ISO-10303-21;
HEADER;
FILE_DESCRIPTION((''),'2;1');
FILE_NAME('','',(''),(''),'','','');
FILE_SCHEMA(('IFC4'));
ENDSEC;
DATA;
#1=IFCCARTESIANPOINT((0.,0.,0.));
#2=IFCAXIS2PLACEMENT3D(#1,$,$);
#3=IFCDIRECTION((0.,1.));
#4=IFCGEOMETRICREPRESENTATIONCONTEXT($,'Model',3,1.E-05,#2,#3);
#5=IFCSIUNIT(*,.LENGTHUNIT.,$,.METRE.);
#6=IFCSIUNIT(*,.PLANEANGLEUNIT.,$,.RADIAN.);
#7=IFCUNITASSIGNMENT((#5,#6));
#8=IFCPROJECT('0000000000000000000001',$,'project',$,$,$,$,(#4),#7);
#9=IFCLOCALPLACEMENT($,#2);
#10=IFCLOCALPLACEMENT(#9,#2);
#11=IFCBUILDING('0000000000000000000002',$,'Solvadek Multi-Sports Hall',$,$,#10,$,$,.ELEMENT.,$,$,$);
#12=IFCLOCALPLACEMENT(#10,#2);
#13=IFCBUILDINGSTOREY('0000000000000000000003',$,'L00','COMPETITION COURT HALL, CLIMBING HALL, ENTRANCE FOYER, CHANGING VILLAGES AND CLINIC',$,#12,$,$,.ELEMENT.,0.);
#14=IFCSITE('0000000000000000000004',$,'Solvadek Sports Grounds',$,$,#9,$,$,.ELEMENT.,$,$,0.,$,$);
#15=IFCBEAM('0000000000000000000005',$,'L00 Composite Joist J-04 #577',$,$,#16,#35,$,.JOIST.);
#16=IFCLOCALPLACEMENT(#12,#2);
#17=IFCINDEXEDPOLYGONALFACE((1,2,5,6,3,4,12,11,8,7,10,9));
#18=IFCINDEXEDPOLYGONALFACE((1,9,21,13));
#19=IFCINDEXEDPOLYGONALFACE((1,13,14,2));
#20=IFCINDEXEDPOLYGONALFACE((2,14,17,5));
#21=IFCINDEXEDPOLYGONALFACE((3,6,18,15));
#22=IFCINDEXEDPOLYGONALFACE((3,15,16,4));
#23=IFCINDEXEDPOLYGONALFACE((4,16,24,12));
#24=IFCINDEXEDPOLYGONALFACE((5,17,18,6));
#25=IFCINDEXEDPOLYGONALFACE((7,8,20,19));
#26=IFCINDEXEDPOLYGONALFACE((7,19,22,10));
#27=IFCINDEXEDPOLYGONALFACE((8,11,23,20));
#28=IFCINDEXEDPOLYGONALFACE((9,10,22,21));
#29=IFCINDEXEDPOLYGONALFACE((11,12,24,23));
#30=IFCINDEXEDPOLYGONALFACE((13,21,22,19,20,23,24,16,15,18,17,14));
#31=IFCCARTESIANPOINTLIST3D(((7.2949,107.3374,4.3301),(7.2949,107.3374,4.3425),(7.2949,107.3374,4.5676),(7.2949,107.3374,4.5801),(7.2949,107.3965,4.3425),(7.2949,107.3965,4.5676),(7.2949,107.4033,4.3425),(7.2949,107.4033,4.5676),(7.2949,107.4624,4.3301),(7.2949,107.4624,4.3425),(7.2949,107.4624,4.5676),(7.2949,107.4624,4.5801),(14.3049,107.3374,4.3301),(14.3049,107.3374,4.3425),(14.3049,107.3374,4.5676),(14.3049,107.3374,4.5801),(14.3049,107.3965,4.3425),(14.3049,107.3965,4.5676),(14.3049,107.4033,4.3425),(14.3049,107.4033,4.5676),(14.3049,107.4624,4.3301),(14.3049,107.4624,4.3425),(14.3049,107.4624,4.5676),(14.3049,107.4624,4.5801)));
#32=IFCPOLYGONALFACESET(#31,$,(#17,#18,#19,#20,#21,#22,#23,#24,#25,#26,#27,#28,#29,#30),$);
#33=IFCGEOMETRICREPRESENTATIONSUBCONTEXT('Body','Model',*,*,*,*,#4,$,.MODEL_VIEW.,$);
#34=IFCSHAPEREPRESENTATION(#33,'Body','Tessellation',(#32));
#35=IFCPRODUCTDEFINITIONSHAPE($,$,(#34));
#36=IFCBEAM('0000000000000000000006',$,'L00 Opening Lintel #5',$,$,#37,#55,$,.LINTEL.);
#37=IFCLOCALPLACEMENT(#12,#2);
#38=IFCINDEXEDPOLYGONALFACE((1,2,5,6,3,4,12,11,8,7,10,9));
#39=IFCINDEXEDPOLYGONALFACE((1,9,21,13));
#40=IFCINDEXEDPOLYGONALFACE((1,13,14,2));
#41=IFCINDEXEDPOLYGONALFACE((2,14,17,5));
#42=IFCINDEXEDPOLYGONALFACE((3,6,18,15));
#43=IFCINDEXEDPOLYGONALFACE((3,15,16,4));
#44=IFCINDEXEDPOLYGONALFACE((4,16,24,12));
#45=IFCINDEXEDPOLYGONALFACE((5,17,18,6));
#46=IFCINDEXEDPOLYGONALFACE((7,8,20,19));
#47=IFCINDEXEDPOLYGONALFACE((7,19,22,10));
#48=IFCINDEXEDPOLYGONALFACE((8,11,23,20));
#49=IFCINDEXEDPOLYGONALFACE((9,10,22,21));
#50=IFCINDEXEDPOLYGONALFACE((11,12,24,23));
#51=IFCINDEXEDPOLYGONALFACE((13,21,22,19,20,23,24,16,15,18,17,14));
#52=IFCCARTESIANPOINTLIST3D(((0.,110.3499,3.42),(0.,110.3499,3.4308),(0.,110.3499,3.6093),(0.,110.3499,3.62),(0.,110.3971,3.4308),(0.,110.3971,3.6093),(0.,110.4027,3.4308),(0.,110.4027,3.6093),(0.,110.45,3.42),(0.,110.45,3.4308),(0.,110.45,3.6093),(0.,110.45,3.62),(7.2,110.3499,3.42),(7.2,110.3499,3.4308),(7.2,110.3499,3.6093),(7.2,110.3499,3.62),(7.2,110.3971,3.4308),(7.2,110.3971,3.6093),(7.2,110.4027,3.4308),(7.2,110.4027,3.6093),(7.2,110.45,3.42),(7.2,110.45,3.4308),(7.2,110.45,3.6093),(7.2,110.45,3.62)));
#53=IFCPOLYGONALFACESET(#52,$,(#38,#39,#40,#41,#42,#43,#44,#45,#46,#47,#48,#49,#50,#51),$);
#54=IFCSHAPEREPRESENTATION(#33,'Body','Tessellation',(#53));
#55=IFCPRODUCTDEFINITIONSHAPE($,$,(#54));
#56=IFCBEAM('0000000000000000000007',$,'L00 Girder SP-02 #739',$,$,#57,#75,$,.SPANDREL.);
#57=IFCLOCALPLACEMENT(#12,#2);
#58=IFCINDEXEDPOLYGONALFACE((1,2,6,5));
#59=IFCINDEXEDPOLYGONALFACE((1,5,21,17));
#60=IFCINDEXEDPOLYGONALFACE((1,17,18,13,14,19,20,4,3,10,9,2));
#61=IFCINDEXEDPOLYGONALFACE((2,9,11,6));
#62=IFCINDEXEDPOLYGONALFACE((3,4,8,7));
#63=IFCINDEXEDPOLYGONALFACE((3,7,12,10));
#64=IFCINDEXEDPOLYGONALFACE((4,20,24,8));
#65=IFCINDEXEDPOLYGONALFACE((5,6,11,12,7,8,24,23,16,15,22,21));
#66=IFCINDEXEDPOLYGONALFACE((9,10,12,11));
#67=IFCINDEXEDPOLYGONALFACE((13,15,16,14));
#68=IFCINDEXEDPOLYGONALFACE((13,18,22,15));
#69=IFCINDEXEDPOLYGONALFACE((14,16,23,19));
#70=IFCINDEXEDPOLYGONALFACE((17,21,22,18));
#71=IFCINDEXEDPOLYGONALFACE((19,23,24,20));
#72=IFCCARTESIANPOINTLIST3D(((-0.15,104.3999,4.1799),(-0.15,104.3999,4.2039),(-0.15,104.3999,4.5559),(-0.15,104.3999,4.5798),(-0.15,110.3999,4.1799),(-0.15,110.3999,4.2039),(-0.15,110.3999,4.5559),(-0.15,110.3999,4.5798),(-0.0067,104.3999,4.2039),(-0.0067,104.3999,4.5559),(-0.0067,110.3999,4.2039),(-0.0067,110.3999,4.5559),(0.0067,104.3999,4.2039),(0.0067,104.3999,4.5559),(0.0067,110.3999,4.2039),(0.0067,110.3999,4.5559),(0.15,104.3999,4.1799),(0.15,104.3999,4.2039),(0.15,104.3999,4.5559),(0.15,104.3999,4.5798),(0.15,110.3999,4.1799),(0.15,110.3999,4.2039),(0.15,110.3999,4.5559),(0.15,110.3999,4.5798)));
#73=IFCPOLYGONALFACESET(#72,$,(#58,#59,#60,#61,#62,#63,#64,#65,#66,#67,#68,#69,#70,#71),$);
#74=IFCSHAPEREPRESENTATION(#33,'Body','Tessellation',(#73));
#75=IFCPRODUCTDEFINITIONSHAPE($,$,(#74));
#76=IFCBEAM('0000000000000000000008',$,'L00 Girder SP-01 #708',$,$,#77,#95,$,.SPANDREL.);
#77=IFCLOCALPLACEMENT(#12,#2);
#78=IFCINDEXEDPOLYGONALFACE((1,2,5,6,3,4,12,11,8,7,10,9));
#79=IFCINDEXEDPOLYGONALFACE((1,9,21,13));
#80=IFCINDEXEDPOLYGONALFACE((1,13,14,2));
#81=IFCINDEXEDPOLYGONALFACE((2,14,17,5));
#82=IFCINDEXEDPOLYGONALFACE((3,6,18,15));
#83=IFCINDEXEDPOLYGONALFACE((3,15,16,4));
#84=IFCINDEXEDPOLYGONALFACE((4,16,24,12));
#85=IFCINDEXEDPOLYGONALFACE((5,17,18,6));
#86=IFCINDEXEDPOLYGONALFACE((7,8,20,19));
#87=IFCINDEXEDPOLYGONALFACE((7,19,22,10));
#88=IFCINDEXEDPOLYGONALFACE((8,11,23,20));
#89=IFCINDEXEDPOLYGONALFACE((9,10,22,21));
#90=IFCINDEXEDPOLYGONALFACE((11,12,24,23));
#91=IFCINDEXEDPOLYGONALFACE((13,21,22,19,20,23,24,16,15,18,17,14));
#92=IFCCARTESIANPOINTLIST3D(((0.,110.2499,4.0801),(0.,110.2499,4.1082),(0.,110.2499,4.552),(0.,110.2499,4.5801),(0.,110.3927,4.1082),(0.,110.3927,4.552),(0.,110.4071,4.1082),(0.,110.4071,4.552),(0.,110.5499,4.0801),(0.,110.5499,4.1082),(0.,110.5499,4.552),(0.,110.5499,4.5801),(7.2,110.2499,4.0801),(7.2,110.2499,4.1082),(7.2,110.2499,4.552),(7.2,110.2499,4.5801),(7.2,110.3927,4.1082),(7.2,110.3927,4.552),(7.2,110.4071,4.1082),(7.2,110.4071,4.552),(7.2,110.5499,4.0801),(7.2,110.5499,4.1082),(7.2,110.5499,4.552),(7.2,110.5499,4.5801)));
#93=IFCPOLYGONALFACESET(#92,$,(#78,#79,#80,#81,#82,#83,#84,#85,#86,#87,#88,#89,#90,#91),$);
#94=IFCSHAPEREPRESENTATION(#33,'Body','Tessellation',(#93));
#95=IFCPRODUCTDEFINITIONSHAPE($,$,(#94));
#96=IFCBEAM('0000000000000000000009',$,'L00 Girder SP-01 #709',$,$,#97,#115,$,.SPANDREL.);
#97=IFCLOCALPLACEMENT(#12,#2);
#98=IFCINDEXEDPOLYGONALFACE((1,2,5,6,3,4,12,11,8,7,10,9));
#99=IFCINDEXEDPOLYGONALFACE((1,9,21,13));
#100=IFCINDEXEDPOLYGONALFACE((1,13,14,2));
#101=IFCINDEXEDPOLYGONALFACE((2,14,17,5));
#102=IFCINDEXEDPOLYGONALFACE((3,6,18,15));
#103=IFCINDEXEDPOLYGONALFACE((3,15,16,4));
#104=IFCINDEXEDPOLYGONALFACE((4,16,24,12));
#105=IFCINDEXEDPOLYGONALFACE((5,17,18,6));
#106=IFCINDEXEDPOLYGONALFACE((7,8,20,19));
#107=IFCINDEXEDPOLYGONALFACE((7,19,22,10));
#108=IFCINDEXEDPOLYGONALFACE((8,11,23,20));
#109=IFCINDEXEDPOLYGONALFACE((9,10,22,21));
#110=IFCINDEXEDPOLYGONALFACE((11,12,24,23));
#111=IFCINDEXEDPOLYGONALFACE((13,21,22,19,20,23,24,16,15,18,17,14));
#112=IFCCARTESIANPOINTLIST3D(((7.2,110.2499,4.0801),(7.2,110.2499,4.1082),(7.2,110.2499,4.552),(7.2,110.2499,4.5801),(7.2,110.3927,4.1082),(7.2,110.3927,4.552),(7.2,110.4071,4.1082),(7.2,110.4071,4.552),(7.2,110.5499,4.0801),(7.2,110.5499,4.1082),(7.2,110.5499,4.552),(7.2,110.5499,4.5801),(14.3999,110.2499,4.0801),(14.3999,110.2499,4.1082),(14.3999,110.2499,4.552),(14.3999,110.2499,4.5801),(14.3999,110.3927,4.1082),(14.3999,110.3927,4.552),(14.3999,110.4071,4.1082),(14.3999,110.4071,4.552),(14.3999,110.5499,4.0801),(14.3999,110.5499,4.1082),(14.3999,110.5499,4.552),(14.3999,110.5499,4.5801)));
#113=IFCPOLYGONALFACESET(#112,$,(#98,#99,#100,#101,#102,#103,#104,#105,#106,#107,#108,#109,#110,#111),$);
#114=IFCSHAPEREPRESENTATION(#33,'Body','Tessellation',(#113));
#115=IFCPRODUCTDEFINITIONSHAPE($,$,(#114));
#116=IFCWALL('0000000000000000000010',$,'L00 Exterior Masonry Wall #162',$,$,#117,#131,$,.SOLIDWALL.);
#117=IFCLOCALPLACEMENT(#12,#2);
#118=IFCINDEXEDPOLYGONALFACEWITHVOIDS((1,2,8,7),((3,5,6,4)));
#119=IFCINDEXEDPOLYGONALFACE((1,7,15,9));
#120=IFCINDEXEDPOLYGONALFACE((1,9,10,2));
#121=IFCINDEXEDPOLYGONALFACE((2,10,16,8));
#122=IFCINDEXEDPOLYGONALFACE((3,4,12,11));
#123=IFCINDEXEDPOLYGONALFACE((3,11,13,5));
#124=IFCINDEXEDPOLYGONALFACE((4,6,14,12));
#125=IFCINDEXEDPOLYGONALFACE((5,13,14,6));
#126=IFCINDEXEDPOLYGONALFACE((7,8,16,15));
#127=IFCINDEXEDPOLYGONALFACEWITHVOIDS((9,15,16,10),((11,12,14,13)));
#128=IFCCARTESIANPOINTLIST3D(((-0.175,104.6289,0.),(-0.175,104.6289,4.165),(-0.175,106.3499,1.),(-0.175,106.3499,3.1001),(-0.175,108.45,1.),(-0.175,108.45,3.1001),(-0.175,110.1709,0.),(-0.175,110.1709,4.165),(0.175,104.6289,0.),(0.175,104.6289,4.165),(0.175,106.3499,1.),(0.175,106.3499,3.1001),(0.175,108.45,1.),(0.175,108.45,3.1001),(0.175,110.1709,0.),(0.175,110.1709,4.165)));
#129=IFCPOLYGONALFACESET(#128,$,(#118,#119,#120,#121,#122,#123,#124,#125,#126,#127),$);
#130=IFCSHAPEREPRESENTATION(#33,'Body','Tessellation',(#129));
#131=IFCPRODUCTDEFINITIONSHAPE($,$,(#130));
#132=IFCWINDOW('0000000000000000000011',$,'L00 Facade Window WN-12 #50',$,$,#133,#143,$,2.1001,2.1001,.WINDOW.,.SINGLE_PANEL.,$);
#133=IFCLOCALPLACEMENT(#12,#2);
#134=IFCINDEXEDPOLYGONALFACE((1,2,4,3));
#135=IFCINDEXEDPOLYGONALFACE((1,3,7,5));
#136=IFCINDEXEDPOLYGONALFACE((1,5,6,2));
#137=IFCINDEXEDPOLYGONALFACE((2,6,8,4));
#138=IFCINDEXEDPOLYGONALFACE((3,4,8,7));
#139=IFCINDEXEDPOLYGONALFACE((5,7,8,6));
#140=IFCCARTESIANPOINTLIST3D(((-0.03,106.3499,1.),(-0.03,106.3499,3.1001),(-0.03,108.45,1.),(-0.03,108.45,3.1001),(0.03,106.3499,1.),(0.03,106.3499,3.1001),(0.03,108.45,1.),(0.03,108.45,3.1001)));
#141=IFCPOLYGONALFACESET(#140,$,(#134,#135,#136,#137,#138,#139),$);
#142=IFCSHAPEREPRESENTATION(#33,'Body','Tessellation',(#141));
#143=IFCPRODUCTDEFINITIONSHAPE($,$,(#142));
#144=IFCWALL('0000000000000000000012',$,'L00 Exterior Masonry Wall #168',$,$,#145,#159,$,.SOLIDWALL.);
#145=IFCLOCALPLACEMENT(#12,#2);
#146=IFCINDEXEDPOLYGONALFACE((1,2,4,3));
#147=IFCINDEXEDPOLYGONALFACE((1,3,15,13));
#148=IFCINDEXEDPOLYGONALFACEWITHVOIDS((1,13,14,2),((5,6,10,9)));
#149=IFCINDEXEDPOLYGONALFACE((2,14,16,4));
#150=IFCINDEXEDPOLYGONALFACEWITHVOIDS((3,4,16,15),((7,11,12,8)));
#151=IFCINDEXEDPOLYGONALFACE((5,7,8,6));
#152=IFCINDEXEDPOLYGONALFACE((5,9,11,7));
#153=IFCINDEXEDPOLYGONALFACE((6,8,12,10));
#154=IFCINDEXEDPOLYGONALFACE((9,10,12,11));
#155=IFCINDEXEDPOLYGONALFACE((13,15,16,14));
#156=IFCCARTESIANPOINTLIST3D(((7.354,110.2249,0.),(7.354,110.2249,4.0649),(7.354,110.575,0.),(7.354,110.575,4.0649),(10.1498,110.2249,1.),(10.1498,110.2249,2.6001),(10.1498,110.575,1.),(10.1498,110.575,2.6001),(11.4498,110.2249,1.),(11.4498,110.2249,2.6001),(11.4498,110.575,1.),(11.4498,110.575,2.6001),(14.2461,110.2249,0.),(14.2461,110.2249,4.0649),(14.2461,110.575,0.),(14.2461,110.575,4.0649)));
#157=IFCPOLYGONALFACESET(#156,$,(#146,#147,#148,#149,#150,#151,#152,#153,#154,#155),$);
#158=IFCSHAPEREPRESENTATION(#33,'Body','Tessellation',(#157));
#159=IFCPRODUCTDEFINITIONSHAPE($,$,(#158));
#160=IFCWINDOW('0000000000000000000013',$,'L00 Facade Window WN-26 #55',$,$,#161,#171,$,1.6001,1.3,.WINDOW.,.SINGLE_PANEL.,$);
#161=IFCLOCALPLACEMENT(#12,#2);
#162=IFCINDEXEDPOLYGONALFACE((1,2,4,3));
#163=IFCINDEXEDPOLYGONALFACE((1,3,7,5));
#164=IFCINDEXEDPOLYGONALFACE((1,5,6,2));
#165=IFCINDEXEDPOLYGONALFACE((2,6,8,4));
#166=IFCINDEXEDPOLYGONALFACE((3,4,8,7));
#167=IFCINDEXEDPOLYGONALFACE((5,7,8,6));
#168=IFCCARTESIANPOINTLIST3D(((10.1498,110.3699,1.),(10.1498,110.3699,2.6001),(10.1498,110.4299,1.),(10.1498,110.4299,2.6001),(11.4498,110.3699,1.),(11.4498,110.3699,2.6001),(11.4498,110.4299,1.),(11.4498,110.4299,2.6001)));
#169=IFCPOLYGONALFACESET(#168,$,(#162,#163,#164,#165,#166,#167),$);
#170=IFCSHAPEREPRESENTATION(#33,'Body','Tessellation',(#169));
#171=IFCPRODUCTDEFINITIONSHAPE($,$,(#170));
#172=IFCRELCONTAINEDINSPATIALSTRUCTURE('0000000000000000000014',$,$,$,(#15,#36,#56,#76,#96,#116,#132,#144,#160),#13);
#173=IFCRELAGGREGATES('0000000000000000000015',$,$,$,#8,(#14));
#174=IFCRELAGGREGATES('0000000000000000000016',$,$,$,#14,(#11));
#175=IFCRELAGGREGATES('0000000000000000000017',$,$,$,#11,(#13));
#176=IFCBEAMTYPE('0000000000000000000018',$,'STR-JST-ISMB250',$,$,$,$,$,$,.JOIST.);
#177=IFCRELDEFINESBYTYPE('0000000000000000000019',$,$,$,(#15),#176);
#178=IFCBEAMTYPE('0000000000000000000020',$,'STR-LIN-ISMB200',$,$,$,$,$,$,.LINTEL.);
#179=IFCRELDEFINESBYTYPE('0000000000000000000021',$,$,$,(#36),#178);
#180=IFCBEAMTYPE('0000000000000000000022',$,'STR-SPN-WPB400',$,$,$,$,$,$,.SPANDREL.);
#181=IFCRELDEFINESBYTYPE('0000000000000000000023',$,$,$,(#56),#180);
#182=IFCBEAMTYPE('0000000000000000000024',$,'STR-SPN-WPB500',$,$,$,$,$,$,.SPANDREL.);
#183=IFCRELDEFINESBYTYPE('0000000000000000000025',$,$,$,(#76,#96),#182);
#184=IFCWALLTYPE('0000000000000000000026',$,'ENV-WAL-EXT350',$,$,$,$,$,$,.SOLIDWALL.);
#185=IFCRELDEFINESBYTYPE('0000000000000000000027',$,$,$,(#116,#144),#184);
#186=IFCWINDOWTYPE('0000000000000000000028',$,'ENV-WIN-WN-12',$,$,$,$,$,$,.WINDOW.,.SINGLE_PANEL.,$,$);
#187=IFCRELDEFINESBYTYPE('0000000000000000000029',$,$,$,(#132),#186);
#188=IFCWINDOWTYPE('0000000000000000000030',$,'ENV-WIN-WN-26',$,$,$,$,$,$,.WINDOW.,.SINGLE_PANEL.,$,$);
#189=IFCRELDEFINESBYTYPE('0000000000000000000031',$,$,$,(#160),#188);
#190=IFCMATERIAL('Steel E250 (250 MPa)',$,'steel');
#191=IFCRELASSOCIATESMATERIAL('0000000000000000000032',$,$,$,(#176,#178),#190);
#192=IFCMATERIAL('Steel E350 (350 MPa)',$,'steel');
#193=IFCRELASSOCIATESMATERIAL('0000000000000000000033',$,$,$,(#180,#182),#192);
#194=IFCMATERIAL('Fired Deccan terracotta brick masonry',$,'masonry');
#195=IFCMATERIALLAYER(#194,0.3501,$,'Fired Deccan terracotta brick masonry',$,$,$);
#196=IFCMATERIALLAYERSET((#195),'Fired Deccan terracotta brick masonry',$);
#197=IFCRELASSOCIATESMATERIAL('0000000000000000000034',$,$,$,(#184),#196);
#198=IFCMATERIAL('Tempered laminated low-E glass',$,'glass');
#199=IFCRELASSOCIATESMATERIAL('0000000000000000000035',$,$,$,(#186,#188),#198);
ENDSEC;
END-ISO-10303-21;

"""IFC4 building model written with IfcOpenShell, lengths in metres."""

from ifc_helpers import new_model, si_unit, direction, frame, frame_2d, origin, origin_2d, place, context, subcontext, project, spatial, rectangle, i_section, extrude, material, layer, layer_set, material_profile, profile_set, type_object, element, fill, save


model = new_model("IFC4")

# Units and contexts
model_context = context("Model", 3, precision=1e-05, world=origin(), true_north=direction((0.0, 1.0)))
body_context = subcontext(model_context, "Body", "Model", "MODEL_VIEW")
ifc_project = project(units=[si_unit("LENGTHUNIT", "METRE"), si_unit("PLANEANGLEUNIT", "RADIAN")], contexts=[model_context])

# Site, building, storey
site_placement = place(None, origin())
site = spatial("IfcSite", under=ifc_project, at=site_placement, Name="Solvadek Sports Grounds", CompositionType="ELEMENT", RefElevation=0.0)
building_placement = place(site_placement, origin())
building = spatial("IfcBuilding", under=site, at=building_placement, Name="Solvadek Multi-Sports Hall", CompositionType="ELEMENT")
storey_placement = place(building_placement, origin())
storey = spatial("IfcBuildingStorey", under=building, at=storey_placement, Name="L00", Description="COMPETITION COURT HALL, CLIMBING HALL, ENTRANCE FOYER, CHANGING VILLAGES AND CLINIC", CompositionType="ELEMENT", Elevation=0.0)

# Shared definitions
ifc_material_1 = material(Name="Steel E350 (350 MPa)", Category="steel")

# Beams
ifc_material_2 = material(Name="Steel E250 (250 MPa)", Category="steel")
ifc_material_profile_1 = material_profile(ifc_material_2, i_section(OverallWidth=0.125, OverallDepth=0.25, WebThickness=0.0068, FlangeThickness=0.0125, at=origin_2d()), Name="ISMB 250")
ifc_profile_set_1 = profile_set([ifc_material_profile_1], Name="Steel E250 (250 MPa)")
beam_type_1 = type_object("IfcBeamType", Name="STR-JST-ISMB250", PredefinedType="JOIST", material=ifc_profile_set_1)
beam_1_placement = place(storey_placement, frame((7.2949, 107.3999, 4.4551), z_axis=(1.0, 0.0, 0.0), x_axis=(0.0, 1.0, 0.0)))
element("IfcBeam", 1, at=beam_1_placement, inside=storey, type_object=beam_type_1, Name="L00 Composite Joist J-04 #577", PredefinedType="JOIST", context=body_context, shape_type="SweptSolid", body=[
    extrude(i_section(OverallWidth=0.125, OverallDepth=0.25, WebThickness=0.0068, FlangeThickness=0.0125, at=origin_2d()), origin(), (0.0, 0.0, 1.0), 7.01),
])
ifc_material_profile_2 = material_profile(ifc_material_2, i_section(OverallWidth=0.1001, OverallDepth=0.2, WebThickness=0.0056, FlangeThickness=0.0107, at=origin_2d()), Name="ISMB 200")
ifc_profile_set_2 = profile_set([ifc_material_profile_2], Name="Steel E250 (250 MPa)")
beam_type_2 = type_object("IfcBeamType", Name="STR-LIN-ISMB200", PredefinedType="LINTEL", material=ifc_profile_set_2)
beam_2_placement = place(storey_placement, frame((0.0, 110.3999, 3.52), z_axis=(1.0, 0.0, 0.0), x_axis=(0.0, 1.0, 0.0)))
element("IfcBeam", 2, at=beam_2_placement, inside=storey, type_object=beam_type_2, Name="L00 Opening Lintel #5", PredefinedType="LINTEL", context=body_context, shape_type="SweptSolid", body=[
    extrude(i_section(OverallWidth=0.1001, OverallDepth=0.2, WebThickness=0.0056, FlangeThickness=0.0107, at=origin_2d()), origin(), (0.0, 0.0, 1.0), 7.2),
])
ifc_material_profile_3 = material_profile(ifc_material_1, i_section(OverallWidth=0.3, OverallDepth=0.3999, WebThickness=0.0134, FlangeThickness=0.0239, at=origin_2d()), Name="WPB 400")
ifc_profile_set_3 = profile_set([ifc_material_profile_3], Name="Steel E350 (350 MPa)")
beam_type_3 = type_object("IfcBeamType", Name="STR-SPN-WPB400", PredefinedType="SPANDREL", material=ifc_profile_set_3)
beam_3_placement = place(storey_placement, frame((0.0, 104.3999, 4.3799), z_axis=(0.0, 1.0, 0.0), x_axis=(-1.0, 0.0, 0.0)))
element("IfcBeam", 3, at=beam_3_placement, inside=storey, type_object=beam_type_3, Name="L00 Girder SP-02 #739", PredefinedType="SPANDREL", context=body_context, shape_type="SweptSolid", body=[
    extrude(i_section(OverallWidth=0.3, OverallDepth=0.3999, WebThickness=0.0134, FlangeThickness=0.0239, at=origin_2d()), origin(), (0.0, 0.0, 1.0), 6.0),
])
ifc_material_profile_4 = material_profile(ifc_material_1, i_section(OverallWidth=0.3, OverallDepth=0.5, WebThickness=0.0144, FlangeThickness=0.0281, at=origin_2d()), Name="WPB 500")
ifc_profile_set_4 = profile_set([ifc_material_profile_4], Name="Steel E350 (350 MPa)")
beam_type_4 = type_object("IfcBeamType", Name="STR-SPN-WPB500", PredefinedType="SPANDREL", material=ifc_profile_set_4)
for number, where, z_axis, x_axis, name in (
    (4, (0.0, 110.3999, 4.3301), (1.0, 0.0, 0.0), (0.0, 1.0, 0.0), "L00 Girder SP-01 #708"),
    (5, (7.2, 110.3999, 4.3301), (1.0, 0.0, 0.0), (0.0, 1.0, 0.0), "L00 Girder SP-01 #709"),
):
    element("IfcBeam", number, at=place(storey_placement, frame(where, z_axis=z_axis, x_axis=x_axis)), inside=storey, type_object=beam_type_4, Name=name, PredefinedType="SPANDREL", context=body_context, shape_type="SweptSolid", body=[
        extrude(i_section(OverallWidth=0.3, OverallDepth=0.5, WebThickness=0.0144, FlangeThickness=0.0281, at=origin_2d()), origin(), (0.0, 0.0, 1.0), 7.2),
    ])

# Wall, opening, window
ifc_material_3 = material(Name="Fired Deccan terracotta brick masonry", Category="masonry")
ifc_layer_1 = layer(ifc_material_3, 0.3501, Name="Fired Deccan terracotta brick masonry")
ifc_layer_set_1 = layer_set([ifc_layer_1], Name="Fired Deccan terracotta brick masonry")
wall_type = type_object("IfcWallType", Name="ENV-WAL-EXT350", PredefinedType="SOLIDWALL", material=ifc_layer_set_1)
wall_1_placement = place(storey_placement, frame((0.0, 104.6289, 0.0), z_axis=(0.0, 0.0, 1.0), x_axis=(0.0, 1.0, 0.0)))
wall_1 = element("IfcWall", 6, at=wall_1_placement, inside=storey, type_object=wall_type, Name="L00 Exterior Masonry Wall #162", PredefinedType="SOLIDWALL", context=body_context, shape_type="SweptSolid", body=[
    extrude(rectangle(XDim=5.542, YDim=0.3501, at=frame_2d((2.771, 0.0))), origin(), (0.0, 0.0, 1.0), 4.165),
])
opening_1_placement = place(wall_1_placement, frame((1.7209, 0.0, 1.0)))
opening_1 = element("IfcOpeningElement", 7, at=opening_1_placement, cuts=wall_1, PredefinedType="OPENING", context=body_context, shape_type="SweptSolid", body=[
    extrude(rectangle(XDim=2.1001, YDim=2.1001, at=frame_2d((1.05, 1.05))), frame((0.0, 0.1851, 0.0), z_axis=(0.0, -1.0, 0.0), x_axis=(1.0, 0.0, 0.0)), (0.0, 0.0, 1.0), 0.3701),
])
ifc_material_4 = material(Name="Tempered laminated low-E glass", Category="glass")
window_type_1 = type_object("IfcWindowType", Name="ENV-WIN-WN-12", PartitioningType="SINGLE_PANEL", PredefinedType="WINDOW", material=ifc_material_4)
window_1_placement = place(opening_1_placement, origin())
window_1 = element("IfcWindow", 8, at=window_1_placement, inside=storey, type_object=window_type_1, Name="L00 Facade Window WN-12 #50", OverallHeight=2.1001, OverallWidth=2.1001, PartitioningType="SINGLE_PANEL", PredefinedType="WINDOW", context=body_context, shape_type="SweptSolid", body=[
    extrude(rectangle(XDim=2.1001, YDim=2.1001, at=frame_2d((1.05, 1.05))), frame((0.0, 0.03, 0.0), z_axis=(0.0, -1.0, 0.0), x_axis=(1.0, 0.0, 0.0)), (0.0, 0.0, 1.0), 0.0601),
])
fill(opening_1, window_1)

# Wall, opening, window
wall_2_placement = place(storey_placement, frame((7.354, 110.3999, 0.0), z_axis=(0.0, 0.0, 1.0), x_axis=(1.0, 0.0, 0.0)))
wall_2 = element("IfcWall", 9, at=wall_2_placement, inside=storey, type_object=wall_type, Name="L00 Exterior Masonry Wall #168", PredefinedType="SOLIDWALL", context=body_context, shape_type="SweptSolid", body=[
    extrude(rectangle(XDim=6.8921, YDim=0.3501, at=frame_2d((3.446, 0.0))), origin(), (0.0, 0.0, 1.0), 4.0649),
])
opening_2_placement = place(wall_2_placement, frame((2.7959, 0.0, 1.0)))
opening_2 = element("IfcOpeningElement", 10, at=opening_2_placement, cuts=wall_2, PredefinedType="OPENING", context=body_context, shape_type="SweptSolid", body=[
    extrude(rectangle(XDim=1.3, YDim=1.6001, at=frame_2d((0.6499, 0.8))), frame((0.0, 0.1851, 0.0), z_axis=(0.0, -1.0, 0.0), x_axis=(1.0, 0.0, 0.0)), (0.0, 0.0, 1.0), 0.3701),
])
window_type_2 = type_object("IfcWindowType", Name="ENV-WIN-WN-26", PartitioningType="SINGLE_PANEL", PredefinedType="WINDOW", material=ifc_material_4)
window_2_placement = place(opening_2_placement, origin())
window_2 = element("IfcWindow", 11, at=window_2_placement, inside=storey, type_object=window_type_2, Name="L00 Facade Window WN-26 #55", OverallHeight=1.6001, OverallWidth=1.3, PartitioningType="SINGLE_PANEL", PredefinedType="WINDOW", context=body_context, shape_type="SweptSolid", body=[
    extrude(rectangle(XDim=1.3, YDim=1.6001, at=frame_2d((0.6499, 0.8))), frame((0.0, 0.03, 0.0), z_axis=(0.0, -1.0, 0.0), x_axis=(1.0, 0.0, 0.0)), (0.0, 0.0, 1.0), 0.0601),
])
fill(opening_2, window_2)

save(model, "model.ifc")
